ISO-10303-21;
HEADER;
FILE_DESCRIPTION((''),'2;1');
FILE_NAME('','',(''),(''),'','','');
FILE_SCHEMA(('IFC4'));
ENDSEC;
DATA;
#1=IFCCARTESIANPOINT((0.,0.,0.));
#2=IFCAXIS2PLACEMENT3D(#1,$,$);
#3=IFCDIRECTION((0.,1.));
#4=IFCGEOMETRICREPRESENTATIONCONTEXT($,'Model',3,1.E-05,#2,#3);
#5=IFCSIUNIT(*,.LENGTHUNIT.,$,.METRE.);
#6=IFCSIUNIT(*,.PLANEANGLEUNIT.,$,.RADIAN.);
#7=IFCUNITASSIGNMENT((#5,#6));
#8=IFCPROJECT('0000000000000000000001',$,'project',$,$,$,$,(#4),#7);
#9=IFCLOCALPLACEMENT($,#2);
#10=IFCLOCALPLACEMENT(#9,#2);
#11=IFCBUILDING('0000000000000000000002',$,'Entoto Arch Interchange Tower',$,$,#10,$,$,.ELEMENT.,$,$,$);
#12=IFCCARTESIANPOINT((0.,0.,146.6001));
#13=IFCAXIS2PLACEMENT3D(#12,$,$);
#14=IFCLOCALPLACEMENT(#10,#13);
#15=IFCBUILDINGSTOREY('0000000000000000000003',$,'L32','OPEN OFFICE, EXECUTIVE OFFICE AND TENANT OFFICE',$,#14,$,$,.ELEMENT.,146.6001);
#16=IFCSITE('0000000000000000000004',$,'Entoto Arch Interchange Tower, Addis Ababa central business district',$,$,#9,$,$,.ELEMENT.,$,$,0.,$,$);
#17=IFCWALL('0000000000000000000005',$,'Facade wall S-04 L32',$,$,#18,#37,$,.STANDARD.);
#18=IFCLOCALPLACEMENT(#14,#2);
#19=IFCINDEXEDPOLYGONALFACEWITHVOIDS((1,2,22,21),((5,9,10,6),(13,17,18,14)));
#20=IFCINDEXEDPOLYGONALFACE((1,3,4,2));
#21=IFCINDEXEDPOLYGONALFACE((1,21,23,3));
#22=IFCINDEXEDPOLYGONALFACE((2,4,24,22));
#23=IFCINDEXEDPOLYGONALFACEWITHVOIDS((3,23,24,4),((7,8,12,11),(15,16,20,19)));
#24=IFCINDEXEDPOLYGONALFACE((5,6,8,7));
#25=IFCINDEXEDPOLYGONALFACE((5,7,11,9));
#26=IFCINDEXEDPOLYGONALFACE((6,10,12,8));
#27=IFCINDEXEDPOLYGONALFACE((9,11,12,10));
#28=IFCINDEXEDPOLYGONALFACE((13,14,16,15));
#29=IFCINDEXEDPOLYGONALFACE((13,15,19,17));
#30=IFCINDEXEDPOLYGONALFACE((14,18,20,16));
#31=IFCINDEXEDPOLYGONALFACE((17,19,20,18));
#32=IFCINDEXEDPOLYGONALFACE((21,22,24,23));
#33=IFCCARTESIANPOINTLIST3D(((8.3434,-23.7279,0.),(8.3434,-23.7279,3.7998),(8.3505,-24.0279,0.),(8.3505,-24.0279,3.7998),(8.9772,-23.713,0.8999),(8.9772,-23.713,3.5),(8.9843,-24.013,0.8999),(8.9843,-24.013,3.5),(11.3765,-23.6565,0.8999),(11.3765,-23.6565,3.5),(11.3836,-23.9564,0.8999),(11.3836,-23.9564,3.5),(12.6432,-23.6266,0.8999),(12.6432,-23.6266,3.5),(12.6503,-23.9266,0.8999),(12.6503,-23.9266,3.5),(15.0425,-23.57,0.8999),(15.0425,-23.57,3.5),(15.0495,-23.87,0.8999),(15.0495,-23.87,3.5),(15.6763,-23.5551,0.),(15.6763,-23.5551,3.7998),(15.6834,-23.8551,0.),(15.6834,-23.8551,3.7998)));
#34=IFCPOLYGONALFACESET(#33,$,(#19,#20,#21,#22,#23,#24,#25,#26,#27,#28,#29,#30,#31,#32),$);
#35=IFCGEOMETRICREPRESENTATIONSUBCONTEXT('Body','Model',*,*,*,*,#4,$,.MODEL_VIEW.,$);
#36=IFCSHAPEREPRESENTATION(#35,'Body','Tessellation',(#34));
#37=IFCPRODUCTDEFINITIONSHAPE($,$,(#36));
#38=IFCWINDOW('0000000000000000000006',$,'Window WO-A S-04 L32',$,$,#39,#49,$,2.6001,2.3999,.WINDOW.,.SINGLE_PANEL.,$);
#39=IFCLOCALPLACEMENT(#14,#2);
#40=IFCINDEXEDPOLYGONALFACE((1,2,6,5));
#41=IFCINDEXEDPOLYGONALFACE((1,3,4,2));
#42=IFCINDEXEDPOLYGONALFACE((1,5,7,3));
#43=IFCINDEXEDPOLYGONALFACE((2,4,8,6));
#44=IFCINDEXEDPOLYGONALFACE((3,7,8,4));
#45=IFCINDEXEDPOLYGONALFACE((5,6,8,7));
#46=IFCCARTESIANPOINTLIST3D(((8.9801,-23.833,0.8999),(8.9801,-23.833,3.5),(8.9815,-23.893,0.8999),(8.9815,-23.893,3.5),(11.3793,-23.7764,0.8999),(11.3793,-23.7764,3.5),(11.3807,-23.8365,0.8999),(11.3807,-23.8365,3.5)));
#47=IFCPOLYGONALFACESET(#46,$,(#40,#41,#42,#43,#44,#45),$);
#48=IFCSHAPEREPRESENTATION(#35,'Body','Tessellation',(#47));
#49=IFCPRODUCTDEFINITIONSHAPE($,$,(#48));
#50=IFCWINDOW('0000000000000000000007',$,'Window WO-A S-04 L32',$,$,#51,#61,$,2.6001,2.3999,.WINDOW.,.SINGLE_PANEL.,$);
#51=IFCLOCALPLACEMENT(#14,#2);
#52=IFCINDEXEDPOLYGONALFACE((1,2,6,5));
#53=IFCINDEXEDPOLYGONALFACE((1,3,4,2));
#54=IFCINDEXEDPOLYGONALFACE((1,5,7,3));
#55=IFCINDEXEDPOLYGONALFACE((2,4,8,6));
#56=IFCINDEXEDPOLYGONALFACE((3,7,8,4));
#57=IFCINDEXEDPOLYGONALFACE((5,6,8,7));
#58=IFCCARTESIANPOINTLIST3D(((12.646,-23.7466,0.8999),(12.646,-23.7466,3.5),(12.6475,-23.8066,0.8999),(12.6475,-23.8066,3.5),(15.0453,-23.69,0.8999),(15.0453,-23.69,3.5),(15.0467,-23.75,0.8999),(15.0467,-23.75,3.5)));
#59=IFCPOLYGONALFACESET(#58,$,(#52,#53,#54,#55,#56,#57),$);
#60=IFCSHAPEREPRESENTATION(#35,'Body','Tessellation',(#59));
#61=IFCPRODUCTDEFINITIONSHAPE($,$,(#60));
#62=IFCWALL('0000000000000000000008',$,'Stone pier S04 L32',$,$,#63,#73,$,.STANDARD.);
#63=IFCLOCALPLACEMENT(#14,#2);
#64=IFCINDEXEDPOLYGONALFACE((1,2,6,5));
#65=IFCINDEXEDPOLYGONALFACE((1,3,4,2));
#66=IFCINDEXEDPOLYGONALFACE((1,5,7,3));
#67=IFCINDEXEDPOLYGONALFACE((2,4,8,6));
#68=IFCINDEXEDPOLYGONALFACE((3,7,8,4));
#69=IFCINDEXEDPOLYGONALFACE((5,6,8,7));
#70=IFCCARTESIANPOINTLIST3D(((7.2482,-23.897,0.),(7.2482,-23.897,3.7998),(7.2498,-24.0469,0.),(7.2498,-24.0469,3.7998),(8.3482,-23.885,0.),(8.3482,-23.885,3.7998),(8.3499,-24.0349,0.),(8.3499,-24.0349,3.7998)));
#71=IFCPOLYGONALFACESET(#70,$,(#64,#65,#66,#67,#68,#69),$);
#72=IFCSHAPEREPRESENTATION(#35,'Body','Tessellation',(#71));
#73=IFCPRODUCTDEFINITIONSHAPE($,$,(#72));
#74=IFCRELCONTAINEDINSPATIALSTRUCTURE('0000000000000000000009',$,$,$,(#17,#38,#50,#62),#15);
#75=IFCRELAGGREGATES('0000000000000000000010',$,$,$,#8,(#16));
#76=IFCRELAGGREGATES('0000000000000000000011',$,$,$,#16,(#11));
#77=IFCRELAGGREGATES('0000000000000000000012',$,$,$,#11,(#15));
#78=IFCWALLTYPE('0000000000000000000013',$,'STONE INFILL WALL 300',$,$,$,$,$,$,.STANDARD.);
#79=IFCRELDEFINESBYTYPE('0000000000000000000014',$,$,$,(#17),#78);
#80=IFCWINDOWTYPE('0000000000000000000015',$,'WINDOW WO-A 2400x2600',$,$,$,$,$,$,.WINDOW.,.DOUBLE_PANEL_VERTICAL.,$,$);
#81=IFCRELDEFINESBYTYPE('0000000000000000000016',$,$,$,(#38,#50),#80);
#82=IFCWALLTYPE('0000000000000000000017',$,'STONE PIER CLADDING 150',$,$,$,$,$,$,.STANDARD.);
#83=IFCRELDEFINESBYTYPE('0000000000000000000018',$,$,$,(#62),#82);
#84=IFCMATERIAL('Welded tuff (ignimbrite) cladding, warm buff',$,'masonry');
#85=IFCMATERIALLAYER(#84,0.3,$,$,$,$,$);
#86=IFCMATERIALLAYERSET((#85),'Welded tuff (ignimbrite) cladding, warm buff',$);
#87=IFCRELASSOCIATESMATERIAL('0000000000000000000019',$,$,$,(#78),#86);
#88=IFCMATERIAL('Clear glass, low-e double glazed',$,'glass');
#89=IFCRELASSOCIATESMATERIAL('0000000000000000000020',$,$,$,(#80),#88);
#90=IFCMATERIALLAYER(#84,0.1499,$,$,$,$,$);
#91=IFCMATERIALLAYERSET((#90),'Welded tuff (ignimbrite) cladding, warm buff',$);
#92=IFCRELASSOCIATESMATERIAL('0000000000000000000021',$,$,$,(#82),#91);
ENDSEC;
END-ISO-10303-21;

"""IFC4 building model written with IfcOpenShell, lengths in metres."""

from ifc_helpers import new_model, si_unit, direction, frame, frame_2d, origin, place, context, subcontext, project, spatial, rectangle, extrude, material, layer, layer_set, type_object, element, fill, save


model = new_model("IFC4")

# Units and contexts
model_context = context("Model", 3, precision=1e-05, world=origin(), true_north=direction((0.0, 1.0)))
body_context = subcontext(model_context, "Body", "Model", "MODEL_VIEW")
ifc_project = project(units=[si_unit("LENGTHUNIT", "METRE"), si_unit("PLANEANGLEUNIT", "RADIAN")], contexts=[model_context])

# Site, building, storey
site_placement = place(None, origin())
site = spatial("IfcSite", under=ifc_project, at=site_placement, Name="Entoto Arch Interchange Tower, Addis Ababa central business district", CompositionType="ELEMENT", RefElevation=0.0)
building_placement = place(site_placement, origin())
building = spatial("IfcBuilding", under=site, at=building_placement, Name="Entoto Arch Interchange Tower", CompositionType="ELEMENT")
storey_placement = place(building_placement, frame((0.0, 0.0, 146.6001)))
storey = spatial("IfcBuildingStorey", under=building, at=storey_placement, Name="L32", Description="OPEN OFFICE, EXECUTIVE OFFICE AND TENANT OFFICE", CompositionType="ELEMENT", Elevation=146.6001)

# Shared definitions
ifc_material_1 = material(Name="Clear glass, low-e double glazed", Category="glass")

# Wall, openings, windows
ifc_material_2 = material(Name="Welded tuff (ignimbrite) cladding, warm buff", Category="masonry")
ifc_layer_1 = layer(ifc_material_2, 0.3)
ifc_layer_set_1 = layer_set([ifc_layer_1], Name="Welded tuff (ignimbrite) cladding, warm buff")
wall_type_1 = type_object("IfcWallType", Name="STONE INFILL WALL 300", PredefinedType="STANDARD", material=ifc_layer_set_1)
wall_1_placement = place(storey_placement, frame((8.3469, -23.8779, 0.0), z_axis=(0.0, 0.0, 1.0), x_axis=(0.999722, 0.023565, 0.0)))
wall_1 = element("IfcWall", 1, at=wall_1_placement, inside=storey, type_object=wall_type_1, Name="Facade wall S-04 L32", PredefinedType="STANDARD", context=body_context, shape_type="SweptSolid", body=[
    extrude(rectangle(XDim=7.335, YDim=0.3, at=frame_2d((3.6675, 0.0))), origin(), (0.0, 0.0, 1.0), 3.7998),
])
opening_1_placement = place(wall_1_placement, frame((0.634, 0.0, 0.8999)))
opening_1 = element("IfcOpeningElement", 2, at=opening_1_placement, cuts=wall_1, PredefinedType="OPENING", context=body_context, shape_type="SweptSolid", body=[
    extrude(rectangle(XDim=2.3999, YDim=2.6001, at=frame_2d((1.2, 1.3))), frame((0.0, 0.1602, 0.0), z_axis=(0.0, -1.0, 0.0), x_axis=(1.0, 0.0, 0.0)), (0.0, 0.0, 1.0), 0.3201),
])
opening_2_placement = place(wall_1_placement, frame((4.301, 0.0, 0.8999)))
opening_2 = element("IfcOpeningElement", 3, at=opening_2_placement, cuts=wall_1, PredefinedType="OPENING", context=body_context, shape_type="SweptSolid", body=[
    extrude(rectangle(XDim=2.3999, YDim=2.6001, at=frame_2d((1.2, 1.3))), frame((0.0, 0.1602, 0.0), z_axis=(0.0, -1.0, 0.0), x_axis=(1.0, 0.0, 0.0)), (0.0, 0.0, 1.0), 0.3201),
])
window_type = type_object("IfcWindowType", Name="WINDOW WO-A 2400x2600", PartitioningType="DOUBLE_PANEL_VERTICAL", PredefinedType="WINDOW", material=ifc_material_1)
window_1_placement = place(opening_1_placement, origin())
window_1 = element("IfcWindow", 4, at=window_1_placement, inside=storey, type_object=window_type, Name="Window WO-A S-04 L32", OverallHeight=2.6001, OverallWidth=2.3999, PartitioningType="SINGLE_PANEL", PredefinedType="WINDOW", context=body_context, shape_type="SweptSolid", body=[
    extrude(rectangle(XDim=2.3999, YDim=2.6001, at=frame_2d((1.2, 1.3))), frame((0.0, 0.03, 0.0), z_axis=(0.0, -1.0, 0.0), x_axis=(1.0, 0.0, 0.0)), (0.0, 0.0, 1.0), 0.0601),
])
fill(opening_1, window_1)
window_2_placement = place(opening_2_placement, origin())
window_2 = element("IfcWindow", 5, at=window_2_placement, inside=storey, type_object=window_type, Name="Window WO-A S-04 L32", OverallHeight=2.6001, OverallWidth=2.3999, PartitioningType="SINGLE_PANEL", PredefinedType="WINDOW", context=body_context, shape_type="SweptSolid", body=[
    extrude(rectangle(XDim=2.3999, YDim=2.6001, at=frame_2d((1.2, 1.3))), frame((0.0, 0.03, 0.0), z_axis=(0.0, -1.0, 0.0), x_axis=(1.0, 0.0, 0.0)), (0.0, 0.0, 1.0), 0.0601),
])
fill(opening_2, window_2)

# Wall
ifc_layer_2 = layer(ifc_material_2, 0.1499)
ifc_layer_set_2 = layer_set([ifc_layer_2], Name="Welded tuff (ignimbrite) cladding, warm buff")
wall_type_2 = type_object("IfcWallType", Name="STONE PIER CLADDING 150", PredefinedType="STANDARD", material=ifc_layer_set_2)
wall_2_placement = place(storey_placement, frame((7.249, -23.9719, 0.0), z_axis=(0.0, 0.0, 1.0), x_axis=(0.999941, 0.010874, 0.0)))
element("IfcWall", 6, at=wall_2_placement, inside=storey, type_object=wall_type_2, Name="Stone pier S04 L32", PredefinedType="STANDARD", context=body_context, shape_type="SweptSolid", body=[
    extrude(rectangle(XDim=1.1001, YDim=0.1499, at=frame_2d((0.55, 0.0))), origin(), (0.0, 0.0, 1.0), 3.7998),
])

save(model, "model.ifc")
